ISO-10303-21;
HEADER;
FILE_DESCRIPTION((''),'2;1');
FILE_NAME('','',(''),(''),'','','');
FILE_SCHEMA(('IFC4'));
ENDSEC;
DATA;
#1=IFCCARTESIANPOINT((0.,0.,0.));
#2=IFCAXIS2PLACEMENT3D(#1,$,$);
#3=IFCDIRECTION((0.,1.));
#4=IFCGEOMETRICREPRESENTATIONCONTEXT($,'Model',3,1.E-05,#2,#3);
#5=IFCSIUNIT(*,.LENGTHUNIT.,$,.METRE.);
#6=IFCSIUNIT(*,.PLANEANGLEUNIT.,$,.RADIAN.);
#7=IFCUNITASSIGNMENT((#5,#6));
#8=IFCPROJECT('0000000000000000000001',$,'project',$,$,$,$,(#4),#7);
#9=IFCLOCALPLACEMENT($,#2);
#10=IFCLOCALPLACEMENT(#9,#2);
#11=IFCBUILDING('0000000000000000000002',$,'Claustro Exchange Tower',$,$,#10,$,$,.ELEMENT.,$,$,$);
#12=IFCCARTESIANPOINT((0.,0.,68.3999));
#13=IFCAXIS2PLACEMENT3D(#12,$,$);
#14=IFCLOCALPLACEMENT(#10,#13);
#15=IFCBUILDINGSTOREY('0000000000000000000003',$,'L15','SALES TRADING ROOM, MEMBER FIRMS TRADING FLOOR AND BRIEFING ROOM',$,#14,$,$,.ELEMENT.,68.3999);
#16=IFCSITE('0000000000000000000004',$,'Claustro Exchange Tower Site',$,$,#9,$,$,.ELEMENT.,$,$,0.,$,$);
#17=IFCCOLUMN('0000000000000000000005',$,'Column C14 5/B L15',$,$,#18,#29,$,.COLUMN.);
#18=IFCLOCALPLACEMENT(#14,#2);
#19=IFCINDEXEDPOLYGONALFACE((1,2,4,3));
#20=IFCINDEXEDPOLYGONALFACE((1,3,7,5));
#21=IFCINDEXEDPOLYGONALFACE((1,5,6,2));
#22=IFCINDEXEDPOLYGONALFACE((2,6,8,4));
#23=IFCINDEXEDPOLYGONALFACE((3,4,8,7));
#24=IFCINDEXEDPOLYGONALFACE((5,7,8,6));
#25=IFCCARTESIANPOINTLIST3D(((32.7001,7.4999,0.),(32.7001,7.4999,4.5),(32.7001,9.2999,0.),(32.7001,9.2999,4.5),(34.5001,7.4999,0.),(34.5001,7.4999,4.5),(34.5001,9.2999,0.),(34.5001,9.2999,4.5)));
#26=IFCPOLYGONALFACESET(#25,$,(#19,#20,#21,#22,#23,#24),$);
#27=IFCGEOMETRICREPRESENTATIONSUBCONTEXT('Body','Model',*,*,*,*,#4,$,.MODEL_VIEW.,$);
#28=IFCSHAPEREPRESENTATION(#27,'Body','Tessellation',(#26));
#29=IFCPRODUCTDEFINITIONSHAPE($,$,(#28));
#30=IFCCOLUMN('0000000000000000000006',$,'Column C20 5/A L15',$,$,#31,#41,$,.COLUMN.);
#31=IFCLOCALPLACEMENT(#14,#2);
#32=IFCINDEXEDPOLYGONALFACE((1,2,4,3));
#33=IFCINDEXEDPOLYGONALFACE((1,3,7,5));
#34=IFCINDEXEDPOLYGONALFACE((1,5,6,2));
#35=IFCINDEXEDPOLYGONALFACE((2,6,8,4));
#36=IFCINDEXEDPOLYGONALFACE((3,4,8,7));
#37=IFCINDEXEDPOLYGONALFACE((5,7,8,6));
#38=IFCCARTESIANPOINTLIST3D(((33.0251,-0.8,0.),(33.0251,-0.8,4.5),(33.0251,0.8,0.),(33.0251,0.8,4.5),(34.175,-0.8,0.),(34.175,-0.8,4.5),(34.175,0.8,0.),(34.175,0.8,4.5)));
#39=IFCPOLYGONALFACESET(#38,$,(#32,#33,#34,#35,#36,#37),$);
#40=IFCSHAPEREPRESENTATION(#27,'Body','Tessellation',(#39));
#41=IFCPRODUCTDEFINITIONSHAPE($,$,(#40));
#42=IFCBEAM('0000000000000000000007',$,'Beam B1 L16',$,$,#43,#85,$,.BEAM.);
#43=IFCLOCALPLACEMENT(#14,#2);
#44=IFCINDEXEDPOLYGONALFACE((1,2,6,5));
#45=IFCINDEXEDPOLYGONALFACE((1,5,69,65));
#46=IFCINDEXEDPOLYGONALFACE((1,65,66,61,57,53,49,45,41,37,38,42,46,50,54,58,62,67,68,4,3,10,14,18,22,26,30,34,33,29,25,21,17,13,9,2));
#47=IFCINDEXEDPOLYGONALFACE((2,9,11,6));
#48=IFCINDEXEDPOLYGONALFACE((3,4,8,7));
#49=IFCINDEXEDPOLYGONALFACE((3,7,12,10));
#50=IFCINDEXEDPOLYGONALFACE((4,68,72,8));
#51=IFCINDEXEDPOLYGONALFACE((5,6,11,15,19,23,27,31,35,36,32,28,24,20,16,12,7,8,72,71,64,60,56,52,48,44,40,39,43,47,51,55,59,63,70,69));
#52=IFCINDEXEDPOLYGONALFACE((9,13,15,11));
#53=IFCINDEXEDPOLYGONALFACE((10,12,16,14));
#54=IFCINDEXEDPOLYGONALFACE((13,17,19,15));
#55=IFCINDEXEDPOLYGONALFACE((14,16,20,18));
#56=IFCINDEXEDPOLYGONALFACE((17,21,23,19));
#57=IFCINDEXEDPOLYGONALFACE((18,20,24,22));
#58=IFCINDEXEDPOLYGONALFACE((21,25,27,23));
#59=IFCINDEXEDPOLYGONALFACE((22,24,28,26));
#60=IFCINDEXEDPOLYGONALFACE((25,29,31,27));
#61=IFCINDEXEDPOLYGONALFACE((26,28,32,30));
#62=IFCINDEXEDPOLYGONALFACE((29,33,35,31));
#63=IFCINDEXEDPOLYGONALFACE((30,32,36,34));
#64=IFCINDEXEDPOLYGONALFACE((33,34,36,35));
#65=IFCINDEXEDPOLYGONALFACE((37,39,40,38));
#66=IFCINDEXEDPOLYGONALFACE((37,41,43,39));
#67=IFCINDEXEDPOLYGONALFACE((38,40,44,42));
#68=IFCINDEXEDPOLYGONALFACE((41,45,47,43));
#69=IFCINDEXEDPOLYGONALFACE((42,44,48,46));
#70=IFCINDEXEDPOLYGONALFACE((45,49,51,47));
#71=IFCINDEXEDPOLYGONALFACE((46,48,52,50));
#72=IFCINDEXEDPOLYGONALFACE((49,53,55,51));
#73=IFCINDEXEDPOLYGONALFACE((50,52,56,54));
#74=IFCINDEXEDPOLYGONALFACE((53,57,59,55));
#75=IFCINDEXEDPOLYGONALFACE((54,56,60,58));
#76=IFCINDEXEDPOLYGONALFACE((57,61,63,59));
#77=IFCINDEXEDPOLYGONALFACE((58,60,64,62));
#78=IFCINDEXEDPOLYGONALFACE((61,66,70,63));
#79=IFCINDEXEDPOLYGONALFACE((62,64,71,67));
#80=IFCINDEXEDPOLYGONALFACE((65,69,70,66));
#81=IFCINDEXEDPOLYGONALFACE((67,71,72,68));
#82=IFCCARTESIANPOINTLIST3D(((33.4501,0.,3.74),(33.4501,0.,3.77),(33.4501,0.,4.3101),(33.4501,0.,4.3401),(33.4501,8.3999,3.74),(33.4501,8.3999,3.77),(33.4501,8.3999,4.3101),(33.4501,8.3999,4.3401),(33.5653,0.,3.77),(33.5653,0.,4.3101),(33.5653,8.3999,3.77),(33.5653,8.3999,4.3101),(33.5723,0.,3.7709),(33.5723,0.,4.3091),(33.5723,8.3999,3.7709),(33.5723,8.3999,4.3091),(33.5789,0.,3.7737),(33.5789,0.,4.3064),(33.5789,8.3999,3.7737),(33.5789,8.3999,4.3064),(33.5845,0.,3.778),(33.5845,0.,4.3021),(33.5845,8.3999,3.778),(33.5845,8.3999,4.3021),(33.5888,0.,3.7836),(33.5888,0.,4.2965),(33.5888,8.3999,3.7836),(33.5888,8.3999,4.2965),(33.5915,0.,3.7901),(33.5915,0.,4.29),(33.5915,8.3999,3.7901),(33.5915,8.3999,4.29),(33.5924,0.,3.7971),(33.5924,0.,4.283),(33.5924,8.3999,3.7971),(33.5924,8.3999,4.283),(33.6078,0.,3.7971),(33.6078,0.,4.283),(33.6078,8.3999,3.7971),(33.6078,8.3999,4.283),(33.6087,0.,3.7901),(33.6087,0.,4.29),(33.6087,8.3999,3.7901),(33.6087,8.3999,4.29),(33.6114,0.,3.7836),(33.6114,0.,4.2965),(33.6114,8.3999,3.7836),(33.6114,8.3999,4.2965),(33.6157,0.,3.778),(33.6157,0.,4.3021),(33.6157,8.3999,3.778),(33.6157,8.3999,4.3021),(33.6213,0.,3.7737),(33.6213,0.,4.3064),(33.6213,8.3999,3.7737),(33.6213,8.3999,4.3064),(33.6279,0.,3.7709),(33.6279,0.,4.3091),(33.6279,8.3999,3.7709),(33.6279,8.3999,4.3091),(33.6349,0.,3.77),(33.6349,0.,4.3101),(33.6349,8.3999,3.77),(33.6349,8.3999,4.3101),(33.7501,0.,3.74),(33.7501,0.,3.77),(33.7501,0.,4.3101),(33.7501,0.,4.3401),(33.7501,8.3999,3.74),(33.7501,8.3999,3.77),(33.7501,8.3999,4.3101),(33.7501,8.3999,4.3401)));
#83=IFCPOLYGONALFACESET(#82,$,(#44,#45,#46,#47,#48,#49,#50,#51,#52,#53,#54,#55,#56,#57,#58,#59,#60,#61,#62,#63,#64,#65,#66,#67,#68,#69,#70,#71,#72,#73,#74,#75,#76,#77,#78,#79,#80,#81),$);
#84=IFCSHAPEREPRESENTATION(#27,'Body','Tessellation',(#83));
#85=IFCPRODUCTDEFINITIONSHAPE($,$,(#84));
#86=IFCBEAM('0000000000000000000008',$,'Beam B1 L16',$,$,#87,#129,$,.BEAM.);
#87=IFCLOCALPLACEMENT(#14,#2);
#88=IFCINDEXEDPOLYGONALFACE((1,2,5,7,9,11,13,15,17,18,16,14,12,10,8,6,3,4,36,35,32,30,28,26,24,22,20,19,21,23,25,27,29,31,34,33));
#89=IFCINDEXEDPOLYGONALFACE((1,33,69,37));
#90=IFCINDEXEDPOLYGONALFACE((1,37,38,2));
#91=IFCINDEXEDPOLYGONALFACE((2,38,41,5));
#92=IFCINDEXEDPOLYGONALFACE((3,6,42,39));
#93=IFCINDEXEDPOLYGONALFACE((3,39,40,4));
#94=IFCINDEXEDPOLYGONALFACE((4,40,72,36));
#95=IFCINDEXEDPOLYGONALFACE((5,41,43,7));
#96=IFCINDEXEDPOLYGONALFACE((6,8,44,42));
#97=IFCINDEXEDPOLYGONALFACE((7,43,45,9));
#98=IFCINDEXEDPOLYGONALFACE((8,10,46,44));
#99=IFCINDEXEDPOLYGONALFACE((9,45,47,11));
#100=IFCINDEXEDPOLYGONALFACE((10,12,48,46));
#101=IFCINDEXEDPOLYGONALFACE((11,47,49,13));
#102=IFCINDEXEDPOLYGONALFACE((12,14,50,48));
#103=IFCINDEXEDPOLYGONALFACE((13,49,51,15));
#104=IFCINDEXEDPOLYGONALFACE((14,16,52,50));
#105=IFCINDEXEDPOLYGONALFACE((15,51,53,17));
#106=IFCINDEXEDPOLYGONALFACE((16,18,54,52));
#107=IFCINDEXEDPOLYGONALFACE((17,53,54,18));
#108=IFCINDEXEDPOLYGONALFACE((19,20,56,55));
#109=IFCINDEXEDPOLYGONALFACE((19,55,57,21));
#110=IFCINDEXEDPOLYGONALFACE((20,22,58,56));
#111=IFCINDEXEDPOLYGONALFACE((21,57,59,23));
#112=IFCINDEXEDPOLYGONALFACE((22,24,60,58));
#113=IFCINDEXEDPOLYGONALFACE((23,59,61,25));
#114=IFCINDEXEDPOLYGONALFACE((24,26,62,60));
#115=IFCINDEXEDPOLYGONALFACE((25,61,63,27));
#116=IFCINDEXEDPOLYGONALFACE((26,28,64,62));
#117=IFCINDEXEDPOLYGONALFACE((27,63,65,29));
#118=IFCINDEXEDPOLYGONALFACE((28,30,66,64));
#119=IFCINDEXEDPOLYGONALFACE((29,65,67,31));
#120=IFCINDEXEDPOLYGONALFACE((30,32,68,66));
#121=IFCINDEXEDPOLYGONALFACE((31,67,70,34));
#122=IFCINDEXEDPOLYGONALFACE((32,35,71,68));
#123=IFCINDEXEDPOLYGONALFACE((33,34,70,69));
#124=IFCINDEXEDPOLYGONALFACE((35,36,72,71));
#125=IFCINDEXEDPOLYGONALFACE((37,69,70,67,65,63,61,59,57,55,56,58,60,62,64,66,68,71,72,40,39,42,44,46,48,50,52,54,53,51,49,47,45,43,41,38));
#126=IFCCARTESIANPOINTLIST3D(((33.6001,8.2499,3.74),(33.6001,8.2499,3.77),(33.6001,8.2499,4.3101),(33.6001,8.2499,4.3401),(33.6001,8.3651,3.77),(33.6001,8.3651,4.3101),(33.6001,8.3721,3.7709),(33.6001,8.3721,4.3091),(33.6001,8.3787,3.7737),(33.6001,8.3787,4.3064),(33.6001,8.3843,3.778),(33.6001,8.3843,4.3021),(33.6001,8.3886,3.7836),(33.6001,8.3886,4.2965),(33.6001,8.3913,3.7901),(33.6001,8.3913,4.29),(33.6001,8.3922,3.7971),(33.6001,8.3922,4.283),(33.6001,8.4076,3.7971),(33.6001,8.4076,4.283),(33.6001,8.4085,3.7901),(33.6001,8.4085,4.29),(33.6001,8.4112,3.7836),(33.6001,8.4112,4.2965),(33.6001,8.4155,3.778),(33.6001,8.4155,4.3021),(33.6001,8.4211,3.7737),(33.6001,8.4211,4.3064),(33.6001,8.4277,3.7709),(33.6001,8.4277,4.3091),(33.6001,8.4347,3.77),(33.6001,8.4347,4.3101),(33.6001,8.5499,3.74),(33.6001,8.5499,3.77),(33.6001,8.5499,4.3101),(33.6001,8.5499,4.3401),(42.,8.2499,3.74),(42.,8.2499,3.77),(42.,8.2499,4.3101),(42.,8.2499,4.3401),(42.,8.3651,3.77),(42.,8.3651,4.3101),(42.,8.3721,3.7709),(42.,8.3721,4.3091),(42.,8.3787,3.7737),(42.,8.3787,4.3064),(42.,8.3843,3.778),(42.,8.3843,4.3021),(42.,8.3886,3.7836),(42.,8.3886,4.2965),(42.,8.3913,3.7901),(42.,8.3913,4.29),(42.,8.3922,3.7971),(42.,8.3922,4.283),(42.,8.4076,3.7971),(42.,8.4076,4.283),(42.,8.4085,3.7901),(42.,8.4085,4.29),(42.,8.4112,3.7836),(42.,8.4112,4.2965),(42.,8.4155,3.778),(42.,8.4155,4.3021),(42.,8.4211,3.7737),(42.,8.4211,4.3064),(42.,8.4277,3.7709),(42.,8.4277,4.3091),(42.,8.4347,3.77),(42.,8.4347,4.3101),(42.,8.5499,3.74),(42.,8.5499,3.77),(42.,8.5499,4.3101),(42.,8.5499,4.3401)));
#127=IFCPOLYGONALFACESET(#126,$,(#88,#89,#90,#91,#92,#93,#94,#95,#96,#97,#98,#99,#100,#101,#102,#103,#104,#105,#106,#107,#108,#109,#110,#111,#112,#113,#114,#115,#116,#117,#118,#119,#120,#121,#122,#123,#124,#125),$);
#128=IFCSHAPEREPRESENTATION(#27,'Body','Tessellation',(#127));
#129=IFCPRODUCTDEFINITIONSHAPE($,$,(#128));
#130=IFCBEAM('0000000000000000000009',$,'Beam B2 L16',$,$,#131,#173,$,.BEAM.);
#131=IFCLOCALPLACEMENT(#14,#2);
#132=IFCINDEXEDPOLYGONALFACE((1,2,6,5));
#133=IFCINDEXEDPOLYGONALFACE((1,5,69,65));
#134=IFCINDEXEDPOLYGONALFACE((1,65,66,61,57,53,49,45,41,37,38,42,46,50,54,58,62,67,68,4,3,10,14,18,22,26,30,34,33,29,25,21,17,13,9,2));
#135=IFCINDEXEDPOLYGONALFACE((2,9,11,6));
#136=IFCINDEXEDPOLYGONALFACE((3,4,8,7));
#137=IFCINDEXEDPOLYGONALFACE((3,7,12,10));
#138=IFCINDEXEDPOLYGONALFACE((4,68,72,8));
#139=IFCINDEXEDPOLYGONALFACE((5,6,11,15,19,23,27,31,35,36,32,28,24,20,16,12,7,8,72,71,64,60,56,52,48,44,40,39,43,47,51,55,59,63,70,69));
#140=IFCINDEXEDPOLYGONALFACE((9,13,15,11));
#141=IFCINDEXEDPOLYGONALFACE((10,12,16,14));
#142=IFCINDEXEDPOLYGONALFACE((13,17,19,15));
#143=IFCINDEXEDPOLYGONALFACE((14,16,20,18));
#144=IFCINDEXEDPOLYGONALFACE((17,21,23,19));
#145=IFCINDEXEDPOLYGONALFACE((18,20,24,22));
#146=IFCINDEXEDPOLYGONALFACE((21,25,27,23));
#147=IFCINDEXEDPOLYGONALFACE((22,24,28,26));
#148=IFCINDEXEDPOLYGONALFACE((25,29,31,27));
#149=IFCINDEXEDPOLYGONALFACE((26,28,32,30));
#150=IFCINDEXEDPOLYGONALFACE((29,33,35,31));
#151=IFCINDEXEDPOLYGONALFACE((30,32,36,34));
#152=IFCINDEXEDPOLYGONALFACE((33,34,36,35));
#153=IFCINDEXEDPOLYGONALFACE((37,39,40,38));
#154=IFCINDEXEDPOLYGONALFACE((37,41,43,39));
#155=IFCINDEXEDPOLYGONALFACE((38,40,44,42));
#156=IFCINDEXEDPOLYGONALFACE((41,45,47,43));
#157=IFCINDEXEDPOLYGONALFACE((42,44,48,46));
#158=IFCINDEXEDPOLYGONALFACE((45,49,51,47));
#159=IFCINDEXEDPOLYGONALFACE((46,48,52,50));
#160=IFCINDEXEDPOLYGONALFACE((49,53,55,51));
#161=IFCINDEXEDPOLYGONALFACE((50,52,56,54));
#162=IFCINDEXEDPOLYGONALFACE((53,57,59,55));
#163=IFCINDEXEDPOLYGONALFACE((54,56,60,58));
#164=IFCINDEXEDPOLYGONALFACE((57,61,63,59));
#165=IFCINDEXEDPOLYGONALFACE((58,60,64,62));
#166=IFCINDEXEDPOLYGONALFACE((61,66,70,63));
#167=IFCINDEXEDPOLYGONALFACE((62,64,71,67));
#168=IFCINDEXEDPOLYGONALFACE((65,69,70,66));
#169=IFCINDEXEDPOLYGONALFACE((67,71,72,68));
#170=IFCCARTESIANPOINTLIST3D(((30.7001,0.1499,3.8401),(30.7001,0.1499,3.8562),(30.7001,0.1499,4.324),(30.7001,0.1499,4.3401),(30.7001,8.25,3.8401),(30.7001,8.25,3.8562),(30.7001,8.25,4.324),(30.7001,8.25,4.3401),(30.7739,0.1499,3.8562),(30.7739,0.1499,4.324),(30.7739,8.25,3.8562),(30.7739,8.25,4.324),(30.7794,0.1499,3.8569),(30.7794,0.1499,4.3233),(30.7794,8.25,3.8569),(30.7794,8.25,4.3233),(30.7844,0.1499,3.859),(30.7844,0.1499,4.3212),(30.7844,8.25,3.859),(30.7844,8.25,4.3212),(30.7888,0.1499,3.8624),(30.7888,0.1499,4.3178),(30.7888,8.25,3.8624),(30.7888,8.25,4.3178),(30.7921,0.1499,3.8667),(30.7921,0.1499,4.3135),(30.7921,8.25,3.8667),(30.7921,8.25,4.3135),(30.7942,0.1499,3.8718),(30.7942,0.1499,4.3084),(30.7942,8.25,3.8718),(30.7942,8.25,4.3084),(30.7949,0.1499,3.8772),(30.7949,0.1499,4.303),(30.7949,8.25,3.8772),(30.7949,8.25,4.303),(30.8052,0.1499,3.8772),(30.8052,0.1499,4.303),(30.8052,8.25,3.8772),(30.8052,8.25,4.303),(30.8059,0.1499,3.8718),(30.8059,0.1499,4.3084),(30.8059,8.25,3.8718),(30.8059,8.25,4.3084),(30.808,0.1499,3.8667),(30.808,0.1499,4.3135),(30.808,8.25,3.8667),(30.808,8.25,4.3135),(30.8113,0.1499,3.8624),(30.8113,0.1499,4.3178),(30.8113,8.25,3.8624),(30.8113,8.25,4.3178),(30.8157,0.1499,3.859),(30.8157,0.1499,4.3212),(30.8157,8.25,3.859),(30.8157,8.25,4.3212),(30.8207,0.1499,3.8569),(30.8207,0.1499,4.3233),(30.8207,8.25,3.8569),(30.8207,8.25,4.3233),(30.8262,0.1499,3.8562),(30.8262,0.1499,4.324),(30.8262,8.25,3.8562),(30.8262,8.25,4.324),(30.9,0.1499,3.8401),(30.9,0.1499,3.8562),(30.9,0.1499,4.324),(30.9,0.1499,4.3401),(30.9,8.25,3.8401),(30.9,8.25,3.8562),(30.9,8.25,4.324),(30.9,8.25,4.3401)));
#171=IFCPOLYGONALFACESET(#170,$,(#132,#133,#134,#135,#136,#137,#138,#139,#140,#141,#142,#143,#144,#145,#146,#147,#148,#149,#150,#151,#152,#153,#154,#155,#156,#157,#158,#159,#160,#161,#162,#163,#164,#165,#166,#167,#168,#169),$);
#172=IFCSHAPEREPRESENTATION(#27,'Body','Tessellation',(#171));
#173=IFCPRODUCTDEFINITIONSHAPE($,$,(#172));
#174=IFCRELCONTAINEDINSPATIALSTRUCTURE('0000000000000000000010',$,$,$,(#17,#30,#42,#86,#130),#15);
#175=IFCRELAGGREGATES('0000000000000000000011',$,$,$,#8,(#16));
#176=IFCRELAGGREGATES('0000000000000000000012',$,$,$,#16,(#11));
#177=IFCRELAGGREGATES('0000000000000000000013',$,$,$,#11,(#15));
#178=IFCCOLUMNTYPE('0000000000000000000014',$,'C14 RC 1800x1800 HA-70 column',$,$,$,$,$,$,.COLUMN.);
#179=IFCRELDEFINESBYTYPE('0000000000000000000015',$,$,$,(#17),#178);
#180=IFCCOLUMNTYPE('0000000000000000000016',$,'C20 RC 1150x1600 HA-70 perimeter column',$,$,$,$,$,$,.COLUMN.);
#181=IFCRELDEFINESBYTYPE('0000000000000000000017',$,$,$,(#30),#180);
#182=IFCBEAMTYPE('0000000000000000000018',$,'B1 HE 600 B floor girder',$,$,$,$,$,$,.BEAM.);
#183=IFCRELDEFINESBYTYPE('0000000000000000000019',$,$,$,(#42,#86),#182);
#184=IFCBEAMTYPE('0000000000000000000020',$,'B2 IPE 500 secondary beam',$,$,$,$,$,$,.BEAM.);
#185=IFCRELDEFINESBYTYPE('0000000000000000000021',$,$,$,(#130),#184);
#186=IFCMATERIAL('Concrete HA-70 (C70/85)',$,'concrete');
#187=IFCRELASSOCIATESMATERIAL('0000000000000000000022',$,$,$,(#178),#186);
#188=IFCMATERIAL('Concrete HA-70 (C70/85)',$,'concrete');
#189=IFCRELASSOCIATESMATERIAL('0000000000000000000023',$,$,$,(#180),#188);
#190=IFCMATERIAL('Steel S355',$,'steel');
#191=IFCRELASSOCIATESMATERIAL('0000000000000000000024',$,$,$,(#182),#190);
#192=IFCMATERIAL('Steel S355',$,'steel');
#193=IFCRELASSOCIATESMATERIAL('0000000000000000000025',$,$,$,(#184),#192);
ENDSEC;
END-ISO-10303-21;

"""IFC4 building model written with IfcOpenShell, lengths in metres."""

from ifc_helpers import new_model, si_unit, direction, frame, origin, origin_2d, place, context, subcontext, project, spatial, rectangle, i_section, extrude, material, material_profile, profile_set, type_object, element, save


model = new_model("IFC4")

# Units and contexts
model_context = context("Model", 3, precision=1e-05, world=origin(), true_north=direction((0.0, 1.0)))
body_context = subcontext(model_context, "Body", "Model", "MODEL_VIEW")
ifc_project = project(units=[si_unit("LENGTHUNIT", "METRE"), si_unit("PLANEANGLEUNIT", "RADIAN")], contexts=[model_context])

# Site, building, storey
site_placement = place(None, origin())
site = spatial("IfcSite", under=ifc_project, at=site_placement, Name="Claustro Exchange Tower Site", CompositionType="ELEMENT", RefElevation=0.0)
building_placement = place(site_placement, origin())
building = spatial("IfcBuilding", under=site, at=building_placement, Name="Claustro Exchange Tower", CompositionType="ELEMENT")
storey_placement = place(building_placement, frame((0.0, 0.0, 68.3999)))
storey = spatial("IfcBuildingStorey", under=building, at=storey_placement, Name="L15", Description="SALES TRADING ROOM, MEMBER FIRMS TRADING FLOOR AND BRIEFING ROOM", CompositionType="ELEMENT", Elevation=68.3999)

# Columns
ifc_material_1 = material(Name="Concrete HA-70 (C70/85)", Category="concrete")
ifc_material_profile_1 = material_profile(ifc_material_1, rectangle(XDim=1.8, YDim=1.8, at=origin_2d()), Name="RC 1800x1800")
ifc_profile_set_1 = profile_set([ifc_material_profile_1], Name="Concrete HA-70 (C70/85)")
column_type_1 = type_object("IfcColumnType", Name="C14 RC 1800x1800 HA-70 column", PredefinedType="COLUMN", material=ifc_profile_set_1)
column_1_placement = place(storey_placement, frame((33.6001, 8.3999, 0.0), z_axis=(0.0, 0.0, 1.0), x_axis=(1.0, 0.0, 0.0)))
element("IfcColumn", 1, at=column_1_placement, inside=storey, type_object=column_type_1, Name="Column C14 5/B L15", PredefinedType="COLUMN", context=body_context, shape_type="SweptSolid", body=[
    extrude(rectangle(XDim=1.8, YDim=1.8, at=origin_2d()), origin(), (0.0, 0.0, 1.0), 4.5),
])
ifc_material_2 = material(Name="Concrete HA-70 (C70/85)", Category="concrete")
ifc_material_profile_2 = material_profile(ifc_material_2, rectangle(XDim=1.1499, YDim=1.6001, at=origin_2d()), Name="RC 1150x1600")
ifc_profile_set_2 = profile_set([ifc_material_profile_2], Name="Concrete HA-70 (C70/85)")
column_type_2 = type_object("IfcColumnType", Name="C20 RC 1150x1600 HA-70 perimeter column", PredefinedType="COLUMN", material=ifc_profile_set_2)
column_2_placement = place(storey_placement, frame((33.6001, 0.0, 0.0), z_axis=(0.0, 0.0, 1.0), x_axis=(1.0, 0.0, 0.0)))
element("IfcColumn", 2, at=column_2_placement, inside=storey, type_object=column_type_2, Name="Column C20 5/A L15", PredefinedType="COLUMN", context=body_context, shape_type="SweptSolid", body=[
    extrude(rectangle(XDim=1.1499, YDim=1.6001, at=origin_2d()), origin(), (0.0, 0.0, 1.0), 4.5),
])

# Beams
ifc_material_3 = material(Name="Steel S355", Category="steel")
ifc_material_profile_3 = material_profile(ifc_material_3, i_section(OverallWidth=0.3, OverallDepth=0.6001, WebThickness=0.0154, FlangeThickness=0.03, FilletRadius=0.0271, at=origin_2d()), Name="HE 600 B")
ifc_profile_set_3 = profile_set([ifc_material_profile_3], Name="Steel S355")
beam_type_1 = type_object("IfcBeamType", Name="B1 HE 600 B floor girder", PredefinedType="BEAM", material=ifc_profile_set_3)
for number, where, z_axis, x_axis, name in (
    (3, (33.6001, 0.0, 4.04), (0.0, 1.0, 0.0), (-1.0, 0.0, 0.0), "Beam B1 L16"),
    (4, (33.6001, 8.3999, 4.04), (1.0, 0.0, 0.0), (0.0, 1.0, 0.0), "Beam B1 L16"),
):
    element("IfcBeam", number, at=place(storey_placement, frame(where, z_axis=z_axis, x_axis=x_axis)), inside=storey, type_object=beam_type_1, Name=name, PredefinedType="BEAM", context=body_context, shape_type="SweptSolid", body=[
        extrude(i_section(OverallWidth=0.3, OverallDepth=0.6001, WebThickness=0.0154, FlangeThickness=0.03, FilletRadius=0.0271, at=origin_2d()), origin(), (0.0, 0.0, 1.0), 8.3999),
    ])
ifc_material_4 = material(Name="Steel S355", Category="steel")
ifc_material_profile_4 = material_profile(ifc_material_4, i_section(OverallWidth=0.2, OverallDepth=0.5, WebThickness=0.0103, FlangeThickness=0.0161, FilletRadius=0.021, at=origin_2d()), Name="IPE 500")
ifc_profile_set_4 = profile_set([ifc_material_profile_4], Name="Steel S355")
beam_type_2 = type_object("IfcBeamType", Name="B2 IPE 500 secondary beam", PredefinedType="BEAM", material=ifc_profile_set_4)
beam_1_placement = place(storey_placement, frame((30.8, 0.1499, 4.0901), z_axis=(0.0, 1.0, 0.0), x_axis=(-1.0, 0.0, 0.0)))
element("IfcBeam", 5, at=beam_1_placement, inside=storey, type_object=beam_type_2, Name="Beam B2 L16", PredefinedType="BEAM", context=body_context, shape_type="SweptSolid", body=[
    extrude(i_section(OverallWidth=0.2, OverallDepth=0.5, WebThickness=0.0103, FlangeThickness=0.0161, FilletRadius=0.021, at=origin_2d()), origin(), (0.0, 0.0, 1.0), 8.1001),
])

save(model, "model.ifc")
